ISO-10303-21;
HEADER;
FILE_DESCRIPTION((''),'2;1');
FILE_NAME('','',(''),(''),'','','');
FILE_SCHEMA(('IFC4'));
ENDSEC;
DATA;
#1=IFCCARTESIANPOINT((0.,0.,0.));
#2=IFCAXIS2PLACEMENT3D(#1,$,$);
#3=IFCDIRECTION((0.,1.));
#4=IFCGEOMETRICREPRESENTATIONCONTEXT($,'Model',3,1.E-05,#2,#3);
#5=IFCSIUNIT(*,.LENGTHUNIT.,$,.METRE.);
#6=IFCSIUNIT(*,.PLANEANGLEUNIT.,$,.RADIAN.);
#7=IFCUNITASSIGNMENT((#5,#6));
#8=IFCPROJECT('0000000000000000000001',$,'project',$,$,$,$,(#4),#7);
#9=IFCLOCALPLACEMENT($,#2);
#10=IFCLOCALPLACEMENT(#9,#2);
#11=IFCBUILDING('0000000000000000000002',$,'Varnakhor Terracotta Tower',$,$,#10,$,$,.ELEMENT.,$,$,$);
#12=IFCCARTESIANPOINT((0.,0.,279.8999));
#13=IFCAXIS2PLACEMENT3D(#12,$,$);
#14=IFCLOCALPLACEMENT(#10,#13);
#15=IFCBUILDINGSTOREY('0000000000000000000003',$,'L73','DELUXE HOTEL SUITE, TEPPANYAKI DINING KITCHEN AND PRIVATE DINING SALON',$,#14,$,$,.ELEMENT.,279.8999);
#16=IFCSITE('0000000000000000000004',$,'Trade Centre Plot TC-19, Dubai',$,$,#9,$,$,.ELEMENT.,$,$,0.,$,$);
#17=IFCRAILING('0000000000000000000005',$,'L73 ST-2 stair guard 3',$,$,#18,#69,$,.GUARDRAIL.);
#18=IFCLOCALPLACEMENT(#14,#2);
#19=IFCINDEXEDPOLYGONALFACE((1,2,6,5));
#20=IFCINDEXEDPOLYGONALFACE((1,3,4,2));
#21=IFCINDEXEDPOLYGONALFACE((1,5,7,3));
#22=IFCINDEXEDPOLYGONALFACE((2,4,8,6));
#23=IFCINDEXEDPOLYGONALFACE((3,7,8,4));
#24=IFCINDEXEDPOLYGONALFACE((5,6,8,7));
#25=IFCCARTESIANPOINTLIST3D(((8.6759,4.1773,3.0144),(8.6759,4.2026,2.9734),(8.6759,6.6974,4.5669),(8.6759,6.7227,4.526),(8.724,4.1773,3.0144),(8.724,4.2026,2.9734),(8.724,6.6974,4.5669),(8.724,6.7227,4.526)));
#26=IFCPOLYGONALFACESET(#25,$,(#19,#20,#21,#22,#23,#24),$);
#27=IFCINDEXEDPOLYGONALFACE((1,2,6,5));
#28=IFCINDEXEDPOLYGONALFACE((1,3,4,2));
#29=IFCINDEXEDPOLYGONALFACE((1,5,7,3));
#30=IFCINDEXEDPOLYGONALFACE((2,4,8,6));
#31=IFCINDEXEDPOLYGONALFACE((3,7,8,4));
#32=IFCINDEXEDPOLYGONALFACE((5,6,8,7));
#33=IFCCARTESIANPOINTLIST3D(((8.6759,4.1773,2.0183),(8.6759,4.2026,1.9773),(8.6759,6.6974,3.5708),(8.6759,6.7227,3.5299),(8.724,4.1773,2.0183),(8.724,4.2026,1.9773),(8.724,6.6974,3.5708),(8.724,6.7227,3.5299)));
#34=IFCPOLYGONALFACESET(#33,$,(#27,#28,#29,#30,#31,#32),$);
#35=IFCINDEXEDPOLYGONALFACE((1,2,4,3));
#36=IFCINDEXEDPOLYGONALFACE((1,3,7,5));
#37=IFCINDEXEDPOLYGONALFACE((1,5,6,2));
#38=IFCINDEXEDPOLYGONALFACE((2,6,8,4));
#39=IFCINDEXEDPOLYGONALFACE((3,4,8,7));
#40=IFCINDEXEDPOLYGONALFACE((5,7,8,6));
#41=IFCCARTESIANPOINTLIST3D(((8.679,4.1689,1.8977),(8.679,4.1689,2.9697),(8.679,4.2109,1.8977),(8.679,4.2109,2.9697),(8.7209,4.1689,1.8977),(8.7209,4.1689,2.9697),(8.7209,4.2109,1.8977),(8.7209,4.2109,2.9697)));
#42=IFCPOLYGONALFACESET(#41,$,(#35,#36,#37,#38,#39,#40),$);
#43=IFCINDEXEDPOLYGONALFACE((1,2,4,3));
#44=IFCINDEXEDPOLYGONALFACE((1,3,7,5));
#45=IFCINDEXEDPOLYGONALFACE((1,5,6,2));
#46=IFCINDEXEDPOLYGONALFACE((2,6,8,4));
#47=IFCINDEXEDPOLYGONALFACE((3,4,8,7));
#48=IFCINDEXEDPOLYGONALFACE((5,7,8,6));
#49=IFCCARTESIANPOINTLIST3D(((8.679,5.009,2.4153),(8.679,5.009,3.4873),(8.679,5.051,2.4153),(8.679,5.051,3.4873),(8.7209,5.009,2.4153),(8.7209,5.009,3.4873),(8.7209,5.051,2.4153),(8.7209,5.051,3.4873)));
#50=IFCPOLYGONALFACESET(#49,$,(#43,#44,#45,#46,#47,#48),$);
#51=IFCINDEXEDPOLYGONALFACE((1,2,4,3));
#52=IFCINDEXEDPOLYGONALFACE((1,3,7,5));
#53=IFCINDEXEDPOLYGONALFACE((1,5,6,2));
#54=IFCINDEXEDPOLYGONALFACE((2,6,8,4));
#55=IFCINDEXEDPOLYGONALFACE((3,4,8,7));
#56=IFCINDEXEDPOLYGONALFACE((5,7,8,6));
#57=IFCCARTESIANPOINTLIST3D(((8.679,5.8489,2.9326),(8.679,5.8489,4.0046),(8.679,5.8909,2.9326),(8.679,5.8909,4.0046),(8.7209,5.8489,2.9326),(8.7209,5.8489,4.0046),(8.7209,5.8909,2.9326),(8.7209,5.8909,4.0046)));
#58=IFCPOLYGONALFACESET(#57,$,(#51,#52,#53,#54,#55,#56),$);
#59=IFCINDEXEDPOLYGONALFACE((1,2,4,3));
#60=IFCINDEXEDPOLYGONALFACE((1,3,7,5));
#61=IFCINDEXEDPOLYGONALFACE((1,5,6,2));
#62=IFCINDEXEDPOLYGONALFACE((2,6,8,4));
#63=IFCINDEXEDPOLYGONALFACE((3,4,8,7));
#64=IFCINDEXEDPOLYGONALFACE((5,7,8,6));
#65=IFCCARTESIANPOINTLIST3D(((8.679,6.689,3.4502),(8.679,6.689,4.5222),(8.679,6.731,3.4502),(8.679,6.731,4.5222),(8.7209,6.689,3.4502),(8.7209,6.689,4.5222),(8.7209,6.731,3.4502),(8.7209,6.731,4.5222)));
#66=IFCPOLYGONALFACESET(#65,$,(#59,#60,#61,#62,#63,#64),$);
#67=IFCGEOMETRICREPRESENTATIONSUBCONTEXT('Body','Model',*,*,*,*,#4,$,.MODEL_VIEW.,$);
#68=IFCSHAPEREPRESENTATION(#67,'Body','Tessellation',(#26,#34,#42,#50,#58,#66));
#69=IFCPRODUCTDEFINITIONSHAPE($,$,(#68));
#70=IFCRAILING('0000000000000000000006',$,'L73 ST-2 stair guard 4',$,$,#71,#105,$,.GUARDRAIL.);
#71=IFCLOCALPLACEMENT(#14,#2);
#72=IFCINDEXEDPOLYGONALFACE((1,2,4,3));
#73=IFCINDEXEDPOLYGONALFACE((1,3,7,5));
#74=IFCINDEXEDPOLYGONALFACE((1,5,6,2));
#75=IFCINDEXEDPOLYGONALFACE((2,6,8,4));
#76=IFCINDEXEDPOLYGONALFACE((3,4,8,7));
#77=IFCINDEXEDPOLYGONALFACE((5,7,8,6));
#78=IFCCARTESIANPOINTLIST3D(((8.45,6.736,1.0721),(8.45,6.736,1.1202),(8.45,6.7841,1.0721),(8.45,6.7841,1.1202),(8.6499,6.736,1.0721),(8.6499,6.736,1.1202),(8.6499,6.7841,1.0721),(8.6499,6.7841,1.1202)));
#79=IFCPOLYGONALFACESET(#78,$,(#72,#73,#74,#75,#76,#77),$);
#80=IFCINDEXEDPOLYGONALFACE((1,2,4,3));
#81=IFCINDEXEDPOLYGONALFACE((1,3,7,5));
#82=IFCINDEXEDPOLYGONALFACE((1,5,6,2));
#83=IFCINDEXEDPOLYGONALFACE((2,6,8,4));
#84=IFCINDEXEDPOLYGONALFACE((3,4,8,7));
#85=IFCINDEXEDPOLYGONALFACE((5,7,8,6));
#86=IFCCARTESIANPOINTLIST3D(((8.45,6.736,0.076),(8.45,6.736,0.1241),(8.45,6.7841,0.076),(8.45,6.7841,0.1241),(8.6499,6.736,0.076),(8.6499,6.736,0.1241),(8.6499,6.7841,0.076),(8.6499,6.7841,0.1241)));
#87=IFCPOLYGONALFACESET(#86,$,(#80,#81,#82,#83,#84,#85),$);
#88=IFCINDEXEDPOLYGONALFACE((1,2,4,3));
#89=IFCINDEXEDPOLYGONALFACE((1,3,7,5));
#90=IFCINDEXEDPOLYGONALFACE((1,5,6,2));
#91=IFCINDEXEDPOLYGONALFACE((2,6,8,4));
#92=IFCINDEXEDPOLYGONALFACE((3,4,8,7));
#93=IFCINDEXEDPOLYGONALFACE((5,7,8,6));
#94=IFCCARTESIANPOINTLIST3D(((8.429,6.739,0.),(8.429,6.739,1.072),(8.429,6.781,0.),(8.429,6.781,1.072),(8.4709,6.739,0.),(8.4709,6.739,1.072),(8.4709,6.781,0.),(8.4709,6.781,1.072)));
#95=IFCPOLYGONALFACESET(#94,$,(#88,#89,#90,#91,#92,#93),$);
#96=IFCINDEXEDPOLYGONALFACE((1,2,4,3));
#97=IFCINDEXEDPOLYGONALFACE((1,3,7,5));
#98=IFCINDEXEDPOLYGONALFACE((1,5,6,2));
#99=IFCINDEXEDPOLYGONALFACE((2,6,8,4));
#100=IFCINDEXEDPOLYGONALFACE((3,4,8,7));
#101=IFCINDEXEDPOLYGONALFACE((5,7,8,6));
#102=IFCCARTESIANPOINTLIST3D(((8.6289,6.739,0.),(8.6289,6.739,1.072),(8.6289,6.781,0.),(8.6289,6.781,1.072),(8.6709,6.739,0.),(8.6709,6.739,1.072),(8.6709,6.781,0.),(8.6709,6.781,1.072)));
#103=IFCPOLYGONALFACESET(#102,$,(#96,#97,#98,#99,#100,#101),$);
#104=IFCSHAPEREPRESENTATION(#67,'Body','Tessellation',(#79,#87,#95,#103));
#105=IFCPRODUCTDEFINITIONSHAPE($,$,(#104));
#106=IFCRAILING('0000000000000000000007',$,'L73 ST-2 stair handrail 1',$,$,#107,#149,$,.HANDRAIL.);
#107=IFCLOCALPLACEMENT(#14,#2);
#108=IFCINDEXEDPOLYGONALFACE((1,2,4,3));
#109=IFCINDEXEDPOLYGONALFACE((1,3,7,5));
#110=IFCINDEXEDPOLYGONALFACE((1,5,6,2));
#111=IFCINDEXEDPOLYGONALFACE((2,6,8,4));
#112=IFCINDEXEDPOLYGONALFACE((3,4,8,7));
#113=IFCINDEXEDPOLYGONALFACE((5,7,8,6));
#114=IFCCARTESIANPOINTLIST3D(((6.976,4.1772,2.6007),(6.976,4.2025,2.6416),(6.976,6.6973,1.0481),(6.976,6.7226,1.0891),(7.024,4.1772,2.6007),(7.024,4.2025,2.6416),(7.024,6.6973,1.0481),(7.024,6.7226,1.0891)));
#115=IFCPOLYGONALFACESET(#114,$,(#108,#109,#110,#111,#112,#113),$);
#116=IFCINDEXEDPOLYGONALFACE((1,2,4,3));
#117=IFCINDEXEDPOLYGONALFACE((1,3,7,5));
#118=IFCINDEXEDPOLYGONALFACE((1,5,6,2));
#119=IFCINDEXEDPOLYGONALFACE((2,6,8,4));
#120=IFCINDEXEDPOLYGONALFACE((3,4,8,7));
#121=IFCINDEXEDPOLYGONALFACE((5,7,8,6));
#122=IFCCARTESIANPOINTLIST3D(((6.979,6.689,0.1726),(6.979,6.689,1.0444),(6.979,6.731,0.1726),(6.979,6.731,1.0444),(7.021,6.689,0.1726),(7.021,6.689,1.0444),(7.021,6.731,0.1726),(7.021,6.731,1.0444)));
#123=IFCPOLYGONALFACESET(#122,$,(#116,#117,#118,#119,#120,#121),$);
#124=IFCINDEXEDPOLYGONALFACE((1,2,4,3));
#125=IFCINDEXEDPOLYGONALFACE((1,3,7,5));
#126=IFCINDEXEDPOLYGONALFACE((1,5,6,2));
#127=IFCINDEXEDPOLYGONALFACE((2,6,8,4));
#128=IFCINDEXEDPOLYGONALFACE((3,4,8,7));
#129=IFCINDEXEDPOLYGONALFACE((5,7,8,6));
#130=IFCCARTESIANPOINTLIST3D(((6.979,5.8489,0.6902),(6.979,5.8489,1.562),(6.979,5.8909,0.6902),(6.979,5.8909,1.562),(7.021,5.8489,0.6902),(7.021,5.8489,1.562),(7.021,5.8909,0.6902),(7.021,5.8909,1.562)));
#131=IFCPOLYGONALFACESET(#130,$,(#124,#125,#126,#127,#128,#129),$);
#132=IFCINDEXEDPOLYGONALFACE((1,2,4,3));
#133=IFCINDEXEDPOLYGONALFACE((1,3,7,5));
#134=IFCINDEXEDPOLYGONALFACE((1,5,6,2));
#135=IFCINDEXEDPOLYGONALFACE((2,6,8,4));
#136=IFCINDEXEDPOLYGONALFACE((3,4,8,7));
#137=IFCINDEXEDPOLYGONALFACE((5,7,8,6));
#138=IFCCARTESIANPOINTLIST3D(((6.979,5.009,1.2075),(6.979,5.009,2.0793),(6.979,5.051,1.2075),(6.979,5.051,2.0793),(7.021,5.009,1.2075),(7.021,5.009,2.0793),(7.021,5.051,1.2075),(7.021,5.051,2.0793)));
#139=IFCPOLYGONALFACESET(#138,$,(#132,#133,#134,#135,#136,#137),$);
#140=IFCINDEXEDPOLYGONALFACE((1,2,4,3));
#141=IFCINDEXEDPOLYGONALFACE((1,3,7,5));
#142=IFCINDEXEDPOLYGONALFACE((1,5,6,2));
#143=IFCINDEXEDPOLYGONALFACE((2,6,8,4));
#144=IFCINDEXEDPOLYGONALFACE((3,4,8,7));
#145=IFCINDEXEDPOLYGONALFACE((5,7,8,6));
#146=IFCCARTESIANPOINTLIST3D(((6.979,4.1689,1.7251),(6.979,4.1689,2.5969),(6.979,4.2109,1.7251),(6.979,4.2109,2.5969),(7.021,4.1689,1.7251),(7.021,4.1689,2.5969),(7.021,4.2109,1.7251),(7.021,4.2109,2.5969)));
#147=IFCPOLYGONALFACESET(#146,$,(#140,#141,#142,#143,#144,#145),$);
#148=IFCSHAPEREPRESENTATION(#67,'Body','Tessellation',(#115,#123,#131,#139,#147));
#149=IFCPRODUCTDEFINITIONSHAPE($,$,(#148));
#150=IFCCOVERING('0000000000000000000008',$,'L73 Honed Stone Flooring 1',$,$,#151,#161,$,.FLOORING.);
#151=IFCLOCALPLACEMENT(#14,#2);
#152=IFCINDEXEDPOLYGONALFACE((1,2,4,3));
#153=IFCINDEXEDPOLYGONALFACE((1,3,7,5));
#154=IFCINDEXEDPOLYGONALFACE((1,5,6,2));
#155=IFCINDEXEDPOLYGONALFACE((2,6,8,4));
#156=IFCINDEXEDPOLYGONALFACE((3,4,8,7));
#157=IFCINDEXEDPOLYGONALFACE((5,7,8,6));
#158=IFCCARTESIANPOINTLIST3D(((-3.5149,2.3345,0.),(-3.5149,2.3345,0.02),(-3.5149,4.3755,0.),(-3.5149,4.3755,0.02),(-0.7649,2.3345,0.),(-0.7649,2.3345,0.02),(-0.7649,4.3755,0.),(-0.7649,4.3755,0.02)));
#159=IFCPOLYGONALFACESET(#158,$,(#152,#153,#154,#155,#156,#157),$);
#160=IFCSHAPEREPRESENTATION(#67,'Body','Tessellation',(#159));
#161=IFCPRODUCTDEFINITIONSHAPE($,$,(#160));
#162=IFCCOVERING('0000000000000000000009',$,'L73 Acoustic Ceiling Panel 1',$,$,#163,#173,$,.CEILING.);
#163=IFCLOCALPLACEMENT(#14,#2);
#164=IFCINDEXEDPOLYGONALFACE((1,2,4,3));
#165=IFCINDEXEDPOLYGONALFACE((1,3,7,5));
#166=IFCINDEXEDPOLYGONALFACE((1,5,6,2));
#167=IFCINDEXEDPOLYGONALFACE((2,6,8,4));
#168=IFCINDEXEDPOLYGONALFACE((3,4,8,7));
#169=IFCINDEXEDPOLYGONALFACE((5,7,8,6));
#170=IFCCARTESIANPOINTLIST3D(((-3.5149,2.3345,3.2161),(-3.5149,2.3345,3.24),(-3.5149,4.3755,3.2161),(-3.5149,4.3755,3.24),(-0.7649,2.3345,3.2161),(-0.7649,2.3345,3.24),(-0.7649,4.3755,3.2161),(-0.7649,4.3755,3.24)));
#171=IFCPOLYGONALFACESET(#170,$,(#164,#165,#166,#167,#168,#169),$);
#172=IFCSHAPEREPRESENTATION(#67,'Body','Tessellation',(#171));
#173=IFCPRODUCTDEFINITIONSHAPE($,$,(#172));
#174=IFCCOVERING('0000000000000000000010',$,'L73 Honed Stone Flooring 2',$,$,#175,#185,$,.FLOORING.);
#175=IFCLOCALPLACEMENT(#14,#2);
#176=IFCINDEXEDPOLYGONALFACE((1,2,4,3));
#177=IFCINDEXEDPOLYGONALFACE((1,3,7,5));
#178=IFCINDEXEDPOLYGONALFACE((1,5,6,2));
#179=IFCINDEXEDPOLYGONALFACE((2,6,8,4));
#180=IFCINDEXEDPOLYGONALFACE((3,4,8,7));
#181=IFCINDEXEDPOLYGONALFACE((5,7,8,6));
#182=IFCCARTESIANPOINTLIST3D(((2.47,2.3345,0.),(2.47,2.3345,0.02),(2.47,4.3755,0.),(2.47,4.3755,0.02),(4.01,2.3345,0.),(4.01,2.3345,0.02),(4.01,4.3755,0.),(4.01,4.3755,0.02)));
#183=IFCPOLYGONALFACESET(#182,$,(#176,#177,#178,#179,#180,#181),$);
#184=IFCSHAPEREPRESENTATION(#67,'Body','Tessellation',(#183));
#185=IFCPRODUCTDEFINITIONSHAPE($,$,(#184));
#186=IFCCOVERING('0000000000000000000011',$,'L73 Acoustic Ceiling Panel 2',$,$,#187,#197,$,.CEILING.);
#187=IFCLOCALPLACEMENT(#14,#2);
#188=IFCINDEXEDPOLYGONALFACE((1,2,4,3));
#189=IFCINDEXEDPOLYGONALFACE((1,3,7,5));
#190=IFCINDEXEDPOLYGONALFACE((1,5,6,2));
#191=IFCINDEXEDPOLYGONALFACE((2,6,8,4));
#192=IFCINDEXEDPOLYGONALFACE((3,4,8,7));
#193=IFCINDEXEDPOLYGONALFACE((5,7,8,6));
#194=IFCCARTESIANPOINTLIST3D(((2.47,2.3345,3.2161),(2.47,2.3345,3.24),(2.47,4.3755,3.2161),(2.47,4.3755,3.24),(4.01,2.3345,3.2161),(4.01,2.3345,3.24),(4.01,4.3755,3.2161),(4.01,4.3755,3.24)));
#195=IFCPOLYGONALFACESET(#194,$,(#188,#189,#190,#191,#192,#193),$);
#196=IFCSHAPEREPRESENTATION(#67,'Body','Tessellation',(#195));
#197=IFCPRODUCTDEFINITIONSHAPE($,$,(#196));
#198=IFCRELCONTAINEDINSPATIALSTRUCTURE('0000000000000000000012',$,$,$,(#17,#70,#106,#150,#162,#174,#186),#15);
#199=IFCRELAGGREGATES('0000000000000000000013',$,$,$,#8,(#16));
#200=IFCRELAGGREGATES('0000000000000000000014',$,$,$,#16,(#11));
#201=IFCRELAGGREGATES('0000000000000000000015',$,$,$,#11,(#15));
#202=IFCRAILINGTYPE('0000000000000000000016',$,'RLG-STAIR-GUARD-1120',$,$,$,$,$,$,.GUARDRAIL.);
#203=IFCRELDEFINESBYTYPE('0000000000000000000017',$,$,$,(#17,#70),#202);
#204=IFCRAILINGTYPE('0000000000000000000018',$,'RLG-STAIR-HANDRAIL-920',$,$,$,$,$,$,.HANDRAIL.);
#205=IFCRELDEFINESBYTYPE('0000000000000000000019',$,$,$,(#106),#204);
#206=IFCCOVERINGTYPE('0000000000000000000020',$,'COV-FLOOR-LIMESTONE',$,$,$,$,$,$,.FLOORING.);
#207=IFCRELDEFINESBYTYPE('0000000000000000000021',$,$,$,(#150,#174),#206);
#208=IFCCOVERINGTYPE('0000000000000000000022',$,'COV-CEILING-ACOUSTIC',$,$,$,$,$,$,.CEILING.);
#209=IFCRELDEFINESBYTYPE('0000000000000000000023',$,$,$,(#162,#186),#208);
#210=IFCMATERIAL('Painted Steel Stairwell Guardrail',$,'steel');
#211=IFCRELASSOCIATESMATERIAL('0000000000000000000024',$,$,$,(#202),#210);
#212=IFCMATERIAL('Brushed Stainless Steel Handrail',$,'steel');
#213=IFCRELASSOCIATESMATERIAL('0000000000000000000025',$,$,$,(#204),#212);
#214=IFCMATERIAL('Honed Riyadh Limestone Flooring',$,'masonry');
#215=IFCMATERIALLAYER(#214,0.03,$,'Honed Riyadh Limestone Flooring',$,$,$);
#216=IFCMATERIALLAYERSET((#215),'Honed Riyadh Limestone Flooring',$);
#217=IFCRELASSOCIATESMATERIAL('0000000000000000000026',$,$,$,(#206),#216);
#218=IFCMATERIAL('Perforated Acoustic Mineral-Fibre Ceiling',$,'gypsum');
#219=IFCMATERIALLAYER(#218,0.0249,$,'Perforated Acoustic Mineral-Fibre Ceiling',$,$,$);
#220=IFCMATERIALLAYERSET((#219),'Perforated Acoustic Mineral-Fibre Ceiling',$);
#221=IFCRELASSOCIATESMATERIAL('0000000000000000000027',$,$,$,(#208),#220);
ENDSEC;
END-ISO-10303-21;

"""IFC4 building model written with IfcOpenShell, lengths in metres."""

from ifc_helpers import new_model, si_unit, direction, frame, origin, origin_2d, place, context, subcontext, project, spatial, rectangle, extrude, source, transform, mapped, material, layer, layer_set, type_object, element, save


model = new_model("IFC4")

# Units and contexts
model_context = context("Model", 3, precision=1e-05, world=origin(), true_north=direction((0.0, 1.0)))
body_context = subcontext(model_context, "Body", "Model", "MODEL_VIEW")
ifc_project = project(units=[si_unit("LENGTHUNIT", "METRE"), si_unit("PLANEANGLEUNIT", "RADIAN")], contexts=[model_context])

# Site, building, storey
site_placement = place(None, origin())
site = spatial("IfcSite", under=ifc_project, at=site_placement, Name="Trade Centre Plot TC-19, Dubai", CompositionType="ELEMENT", RefElevation=0.0)
building_placement = place(site_placement, origin())
building = spatial("IfcBuilding", under=site, at=building_placement, Name="Varnakhor Terracotta Tower", CompositionType="ELEMENT")
storey_placement = place(building_placement, frame((0.0, 0.0, 279.8999)))
storey = spatial("IfcBuildingStorey", under=building, at=storey_placement, Name="L73", Description="DELUXE HOTEL SUITE, TEPPANYAKI DINING KITCHEN AND PRIVATE DINING SALON", CompositionType="ELEMENT", Elevation=279.8999)

# Railings
ifc_material_1 = material(Name="Painted Steel Stairwell Guardrail", Category="steel")
railing_type_1 = type_object("IfcRailingType", Name="RLG-STAIR-GUARD-1120", PredefinedType="GUARDRAIL", material=ifc_material_1)
railing_1_placement = place(storey_placement, frame((8.7, 4.1899, 1.8977)))
element("IfcRailing", 1, at=railing_1_placement, inside=storey, type_object=railing_type_1, Name="L73 ST-2 stair guard 3", PredefinedType="GUARDRAIL", context=body_context, shape_type="SweptSolid", body=[
    extrude(rectangle(XDim=0.0481, YDim=0.0481, at=origin_2d()), frame((0.0, 0.0, 1.0962), z_axis=(0.0, 0.8514, 0.524516), x_axis=(-1.0, 0.0, 0.0)), (0.0, 0.0, 1.0), 2.96),
    extrude(rectangle(XDim=0.0481, YDim=0.0481, at=origin_2d()), frame((0.0, 0.0, 0.1001), z_axis=(0.0, 0.8514, 0.524516), x_axis=(-1.0, 0.0, 0.0)), (0.0, 0.0, 1.0), 2.96),
    extrude(rectangle(XDim=0.042, YDim=0.042, at=origin_2d()), origin(), (0.0, 0.0, 1.0), 1.072),
    extrude(rectangle(XDim=0.042, YDim=0.042, at=origin_2d()), frame((0.0, 0.8401, 0.5176)), (0.0, 0.0, 1.0), 1.072),
    extrude(rectangle(XDim=0.042, YDim=0.042, at=origin_2d()), frame((0.0, 1.6799, 1.0349)), (0.0, 0.0, 1.0), 1.072),
    extrude(rectangle(XDim=0.042, YDim=0.042, at=origin_2d()), frame((0.0, 2.52, 1.5525)), (0.0, 0.0, 1.0), 1.072),
])
railing_2_placement = place(storey_placement, frame((8.45, 6.76, 0.0)))
element("IfcRailing", 2, at=railing_2_placement, inside=storey, type_object=railing_type_1, Name="L73 ST-2 stair guard 4", PredefinedType="GUARDRAIL", context=body_context, shape_type="SweptSolid", body=[
    extrude(rectangle(XDim=0.0481, YDim=0.0481, at=origin_2d()), frame((0.0, 0.0, 1.0962), z_axis=(1.0, 0.0, 0.0), x_axis=(0.0, 1.0, 0.0)), (0.0, 0.0, 1.0), 0.2),
    extrude(rectangle(XDim=0.0481, YDim=0.0481, at=origin_2d()), frame((0.0, 0.0, 0.1001), z_axis=(1.0, 0.0, 0.0), x_axis=(0.0, 1.0, 0.0)), (0.0, 0.0, 1.0), 0.2),
    extrude(rectangle(XDim=0.042, YDim=0.042, at=origin_2d()), origin(), (0.0, 0.0, 1.0), 1.072),
    extrude(rectangle(XDim=0.042, YDim=0.042, at=origin_2d()), frame((0.2, 0.0, 0.0)), (0.0, 0.0, 1.0), 1.072),
])
ifc_material_2 = material(Name="Brushed Stainless Steel Handrail", Category="steel")
railing_type_2 = type_object("IfcRailingType", Name="RLG-STAIR-HANDRAIL-920", PredefinedType="HANDRAIL", material=ifc_material_2)
railing_3_placement = place(storey_placement, frame((7.0, 6.71, 0.1726)))
element("IfcRailing", 3, at=railing_3_placement, inside=storey, type_object=railing_type_2, Name="L73 ST-2 stair handrail 1", PredefinedType="HANDRAIL", context=body_context, shape_type="SweptSolid", body=[
    extrude(rectangle(XDim=0.0481, YDim=0.0481, at=origin_2d()), frame((0.0, 0.0, 0.896), z_axis=(0.0, -0.8514, 0.524516), x_axis=(1.0, 0.0, 0.0)), (0.0, 0.0, 1.0), 2.96),
    extrude(rectangle(XDim=0.042, YDim=0.042, at=origin_2d()), origin(), (0.0, 0.0, 1.0), 0.8718),
    extrude(rectangle(XDim=0.042, YDim=0.042, at=origin_2d()), frame((0.0, -0.8401, 0.5176)), (0.0, 0.0, 1.0), 0.8718),
    extrude(rectangle(XDim=0.042, YDim=0.042, at=origin_2d()), frame((0.0, -1.6799, 1.0349)), (0.0, 0.0, 1.0), 0.8718),
    extrude(rectangle(XDim=0.042, YDim=0.042, at=origin_2d()), frame((0.0, -2.52, 1.5525)), (0.0, 0.0, 1.0), 0.8718),
])

# Coverings
ifc_material_3 = material(Name="Honed Riyadh Limestone Flooring", Category="masonry")
ifc_layer_1 = layer(ifc_material_3, 0.03, Name="Honed Riyadh Limestone Flooring")
ifc_layer_set_1 = layer_set([ifc_layer_1], Name="Honed Riyadh Limestone Flooring")
covering_type_1 = type_object("IfcCoveringType", Name="COV-FLOOR-LIMESTONE", PredefinedType="FLOORING", material=ifc_layer_set_1)
shared_shape_1 = source(origin(), body_context, "Body", "SweptSolid", [
    extrude(rectangle(XDim=2.75, YDim=2.041, at=origin_2d()), origin(), (0.0, 0.0, 1.0), 0.02),
])
covering_1_placement = place(storey_placement, frame((-2.1399, 3.355, 0.0), z_axis=(0.0, 0.0, 1.0), x_axis=(1.0, 0.0, 0.0)))
element("IfcCovering", 4, at=covering_1_placement, inside=storey, type_object=covering_type_1, Name="L73 Honed Stone Flooring 1", PredefinedType="FLOORING", context=body_context, shape_type="MappedRepresentation", body=[
    mapped(shared_shape_1, transform((0.0, 0.0, 0.0), scale=1.0)),
])
ifc_material_4 = material(Name="Perforated Acoustic Mineral-Fibre Ceiling", Category="gypsum")
ifc_layer_2 = layer(ifc_material_4, 0.0249, Name="Perforated Acoustic Mineral-Fibre Ceiling")
ifc_layer_set_2 = layer_set([ifc_layer_2], Name="Perforated Acoustic Mineral-Fibre Ceiling")
covering_type_2 = type_object("IfcCoveringType", Name="COV-CEILING-ACOUSTIC", PredefinedType="CEILING", material=ifc_layer_set_2)
shared_shape_2 = source(origin(), body_context, "Body", "SweptSolid", [
    extrude(rectangle(XDim=2.75, YDim=2.041, at=origin_2d()), origin(), (0.0, 0.0, 1.0), 0.0239),
])
covering_2_placement = place(storey_placement, frame((-2.1399, 3.355, 3.2161), z_axis=(0.0, 0.0, 1.0), x_axis=(1.0, 0.0, 0.0)))
element("IfcCovering", 5, at=covering_2_placement, inside=storey, type_object=covering_type_2, Name="L73 Acoustic Ceiling Panel 1", PredefinedType="CEILING", context=body_context, shape_type="MappedRepresentation", body=[
    mapped(shared_shape_2, transform((0.0, 0.0, 0.0), scale=1.0)),
])
shared_shape_3 = source(origin(), body_context, "Body", "SweptSolid", [
    extrude(rectangle(XDim=1.54, YDim=2.041, at=origin_2d()), origin(), (0.0, 0.0, 1.0), 0.02),
])
covering_3_placement = place(storey_placement, frame((3.24, 3.355, 0.0), z_axis=(0.0, 0.0, 1.0), x_axis=(1.0, 0.0, 0.0)))
element("IfcCovering", 6, at=covering_3_placement, inside=storey, type_object=covering_type_1, Name="L73 Honed Stone Flooring 2", PredefinedType="FLOORING", context=body_context, shape_type="MappedRepresentation", body=[
    mapped(shared_shape_3, transform((0.0, 0.0, 0.0), scale=1.0)),
])
shared_shape_4 = source(origin(), body_context, "Body", "SweptSolid", [
    extrude(rectangle(XDim=1.54, YDim=2.041, at=origin_2d()), origin(), (0.0, 0.0, 1.0), 0.0239),
])
covering_4_placement = place(storey_placement, frame((3.24, 3.355, 3.2161), z_axis=(0.0, 0.0, 1.0), x_axis=(1.0, 0.0, 0.0)))
element("IfcCovering", 7, at=covering_4_placement, inside=storey, type_object=covering_type_2, Name="L73 Acoustic Ceiling Panel 2", PredefinedType="CEILING", context=body_context, shape_type="MappedRepresentation", body=[
    mapped(shared_shape_4, transform((0.0, 0.0, 0.0), scale=1.0)),
])

save(model, "model.ifc")
